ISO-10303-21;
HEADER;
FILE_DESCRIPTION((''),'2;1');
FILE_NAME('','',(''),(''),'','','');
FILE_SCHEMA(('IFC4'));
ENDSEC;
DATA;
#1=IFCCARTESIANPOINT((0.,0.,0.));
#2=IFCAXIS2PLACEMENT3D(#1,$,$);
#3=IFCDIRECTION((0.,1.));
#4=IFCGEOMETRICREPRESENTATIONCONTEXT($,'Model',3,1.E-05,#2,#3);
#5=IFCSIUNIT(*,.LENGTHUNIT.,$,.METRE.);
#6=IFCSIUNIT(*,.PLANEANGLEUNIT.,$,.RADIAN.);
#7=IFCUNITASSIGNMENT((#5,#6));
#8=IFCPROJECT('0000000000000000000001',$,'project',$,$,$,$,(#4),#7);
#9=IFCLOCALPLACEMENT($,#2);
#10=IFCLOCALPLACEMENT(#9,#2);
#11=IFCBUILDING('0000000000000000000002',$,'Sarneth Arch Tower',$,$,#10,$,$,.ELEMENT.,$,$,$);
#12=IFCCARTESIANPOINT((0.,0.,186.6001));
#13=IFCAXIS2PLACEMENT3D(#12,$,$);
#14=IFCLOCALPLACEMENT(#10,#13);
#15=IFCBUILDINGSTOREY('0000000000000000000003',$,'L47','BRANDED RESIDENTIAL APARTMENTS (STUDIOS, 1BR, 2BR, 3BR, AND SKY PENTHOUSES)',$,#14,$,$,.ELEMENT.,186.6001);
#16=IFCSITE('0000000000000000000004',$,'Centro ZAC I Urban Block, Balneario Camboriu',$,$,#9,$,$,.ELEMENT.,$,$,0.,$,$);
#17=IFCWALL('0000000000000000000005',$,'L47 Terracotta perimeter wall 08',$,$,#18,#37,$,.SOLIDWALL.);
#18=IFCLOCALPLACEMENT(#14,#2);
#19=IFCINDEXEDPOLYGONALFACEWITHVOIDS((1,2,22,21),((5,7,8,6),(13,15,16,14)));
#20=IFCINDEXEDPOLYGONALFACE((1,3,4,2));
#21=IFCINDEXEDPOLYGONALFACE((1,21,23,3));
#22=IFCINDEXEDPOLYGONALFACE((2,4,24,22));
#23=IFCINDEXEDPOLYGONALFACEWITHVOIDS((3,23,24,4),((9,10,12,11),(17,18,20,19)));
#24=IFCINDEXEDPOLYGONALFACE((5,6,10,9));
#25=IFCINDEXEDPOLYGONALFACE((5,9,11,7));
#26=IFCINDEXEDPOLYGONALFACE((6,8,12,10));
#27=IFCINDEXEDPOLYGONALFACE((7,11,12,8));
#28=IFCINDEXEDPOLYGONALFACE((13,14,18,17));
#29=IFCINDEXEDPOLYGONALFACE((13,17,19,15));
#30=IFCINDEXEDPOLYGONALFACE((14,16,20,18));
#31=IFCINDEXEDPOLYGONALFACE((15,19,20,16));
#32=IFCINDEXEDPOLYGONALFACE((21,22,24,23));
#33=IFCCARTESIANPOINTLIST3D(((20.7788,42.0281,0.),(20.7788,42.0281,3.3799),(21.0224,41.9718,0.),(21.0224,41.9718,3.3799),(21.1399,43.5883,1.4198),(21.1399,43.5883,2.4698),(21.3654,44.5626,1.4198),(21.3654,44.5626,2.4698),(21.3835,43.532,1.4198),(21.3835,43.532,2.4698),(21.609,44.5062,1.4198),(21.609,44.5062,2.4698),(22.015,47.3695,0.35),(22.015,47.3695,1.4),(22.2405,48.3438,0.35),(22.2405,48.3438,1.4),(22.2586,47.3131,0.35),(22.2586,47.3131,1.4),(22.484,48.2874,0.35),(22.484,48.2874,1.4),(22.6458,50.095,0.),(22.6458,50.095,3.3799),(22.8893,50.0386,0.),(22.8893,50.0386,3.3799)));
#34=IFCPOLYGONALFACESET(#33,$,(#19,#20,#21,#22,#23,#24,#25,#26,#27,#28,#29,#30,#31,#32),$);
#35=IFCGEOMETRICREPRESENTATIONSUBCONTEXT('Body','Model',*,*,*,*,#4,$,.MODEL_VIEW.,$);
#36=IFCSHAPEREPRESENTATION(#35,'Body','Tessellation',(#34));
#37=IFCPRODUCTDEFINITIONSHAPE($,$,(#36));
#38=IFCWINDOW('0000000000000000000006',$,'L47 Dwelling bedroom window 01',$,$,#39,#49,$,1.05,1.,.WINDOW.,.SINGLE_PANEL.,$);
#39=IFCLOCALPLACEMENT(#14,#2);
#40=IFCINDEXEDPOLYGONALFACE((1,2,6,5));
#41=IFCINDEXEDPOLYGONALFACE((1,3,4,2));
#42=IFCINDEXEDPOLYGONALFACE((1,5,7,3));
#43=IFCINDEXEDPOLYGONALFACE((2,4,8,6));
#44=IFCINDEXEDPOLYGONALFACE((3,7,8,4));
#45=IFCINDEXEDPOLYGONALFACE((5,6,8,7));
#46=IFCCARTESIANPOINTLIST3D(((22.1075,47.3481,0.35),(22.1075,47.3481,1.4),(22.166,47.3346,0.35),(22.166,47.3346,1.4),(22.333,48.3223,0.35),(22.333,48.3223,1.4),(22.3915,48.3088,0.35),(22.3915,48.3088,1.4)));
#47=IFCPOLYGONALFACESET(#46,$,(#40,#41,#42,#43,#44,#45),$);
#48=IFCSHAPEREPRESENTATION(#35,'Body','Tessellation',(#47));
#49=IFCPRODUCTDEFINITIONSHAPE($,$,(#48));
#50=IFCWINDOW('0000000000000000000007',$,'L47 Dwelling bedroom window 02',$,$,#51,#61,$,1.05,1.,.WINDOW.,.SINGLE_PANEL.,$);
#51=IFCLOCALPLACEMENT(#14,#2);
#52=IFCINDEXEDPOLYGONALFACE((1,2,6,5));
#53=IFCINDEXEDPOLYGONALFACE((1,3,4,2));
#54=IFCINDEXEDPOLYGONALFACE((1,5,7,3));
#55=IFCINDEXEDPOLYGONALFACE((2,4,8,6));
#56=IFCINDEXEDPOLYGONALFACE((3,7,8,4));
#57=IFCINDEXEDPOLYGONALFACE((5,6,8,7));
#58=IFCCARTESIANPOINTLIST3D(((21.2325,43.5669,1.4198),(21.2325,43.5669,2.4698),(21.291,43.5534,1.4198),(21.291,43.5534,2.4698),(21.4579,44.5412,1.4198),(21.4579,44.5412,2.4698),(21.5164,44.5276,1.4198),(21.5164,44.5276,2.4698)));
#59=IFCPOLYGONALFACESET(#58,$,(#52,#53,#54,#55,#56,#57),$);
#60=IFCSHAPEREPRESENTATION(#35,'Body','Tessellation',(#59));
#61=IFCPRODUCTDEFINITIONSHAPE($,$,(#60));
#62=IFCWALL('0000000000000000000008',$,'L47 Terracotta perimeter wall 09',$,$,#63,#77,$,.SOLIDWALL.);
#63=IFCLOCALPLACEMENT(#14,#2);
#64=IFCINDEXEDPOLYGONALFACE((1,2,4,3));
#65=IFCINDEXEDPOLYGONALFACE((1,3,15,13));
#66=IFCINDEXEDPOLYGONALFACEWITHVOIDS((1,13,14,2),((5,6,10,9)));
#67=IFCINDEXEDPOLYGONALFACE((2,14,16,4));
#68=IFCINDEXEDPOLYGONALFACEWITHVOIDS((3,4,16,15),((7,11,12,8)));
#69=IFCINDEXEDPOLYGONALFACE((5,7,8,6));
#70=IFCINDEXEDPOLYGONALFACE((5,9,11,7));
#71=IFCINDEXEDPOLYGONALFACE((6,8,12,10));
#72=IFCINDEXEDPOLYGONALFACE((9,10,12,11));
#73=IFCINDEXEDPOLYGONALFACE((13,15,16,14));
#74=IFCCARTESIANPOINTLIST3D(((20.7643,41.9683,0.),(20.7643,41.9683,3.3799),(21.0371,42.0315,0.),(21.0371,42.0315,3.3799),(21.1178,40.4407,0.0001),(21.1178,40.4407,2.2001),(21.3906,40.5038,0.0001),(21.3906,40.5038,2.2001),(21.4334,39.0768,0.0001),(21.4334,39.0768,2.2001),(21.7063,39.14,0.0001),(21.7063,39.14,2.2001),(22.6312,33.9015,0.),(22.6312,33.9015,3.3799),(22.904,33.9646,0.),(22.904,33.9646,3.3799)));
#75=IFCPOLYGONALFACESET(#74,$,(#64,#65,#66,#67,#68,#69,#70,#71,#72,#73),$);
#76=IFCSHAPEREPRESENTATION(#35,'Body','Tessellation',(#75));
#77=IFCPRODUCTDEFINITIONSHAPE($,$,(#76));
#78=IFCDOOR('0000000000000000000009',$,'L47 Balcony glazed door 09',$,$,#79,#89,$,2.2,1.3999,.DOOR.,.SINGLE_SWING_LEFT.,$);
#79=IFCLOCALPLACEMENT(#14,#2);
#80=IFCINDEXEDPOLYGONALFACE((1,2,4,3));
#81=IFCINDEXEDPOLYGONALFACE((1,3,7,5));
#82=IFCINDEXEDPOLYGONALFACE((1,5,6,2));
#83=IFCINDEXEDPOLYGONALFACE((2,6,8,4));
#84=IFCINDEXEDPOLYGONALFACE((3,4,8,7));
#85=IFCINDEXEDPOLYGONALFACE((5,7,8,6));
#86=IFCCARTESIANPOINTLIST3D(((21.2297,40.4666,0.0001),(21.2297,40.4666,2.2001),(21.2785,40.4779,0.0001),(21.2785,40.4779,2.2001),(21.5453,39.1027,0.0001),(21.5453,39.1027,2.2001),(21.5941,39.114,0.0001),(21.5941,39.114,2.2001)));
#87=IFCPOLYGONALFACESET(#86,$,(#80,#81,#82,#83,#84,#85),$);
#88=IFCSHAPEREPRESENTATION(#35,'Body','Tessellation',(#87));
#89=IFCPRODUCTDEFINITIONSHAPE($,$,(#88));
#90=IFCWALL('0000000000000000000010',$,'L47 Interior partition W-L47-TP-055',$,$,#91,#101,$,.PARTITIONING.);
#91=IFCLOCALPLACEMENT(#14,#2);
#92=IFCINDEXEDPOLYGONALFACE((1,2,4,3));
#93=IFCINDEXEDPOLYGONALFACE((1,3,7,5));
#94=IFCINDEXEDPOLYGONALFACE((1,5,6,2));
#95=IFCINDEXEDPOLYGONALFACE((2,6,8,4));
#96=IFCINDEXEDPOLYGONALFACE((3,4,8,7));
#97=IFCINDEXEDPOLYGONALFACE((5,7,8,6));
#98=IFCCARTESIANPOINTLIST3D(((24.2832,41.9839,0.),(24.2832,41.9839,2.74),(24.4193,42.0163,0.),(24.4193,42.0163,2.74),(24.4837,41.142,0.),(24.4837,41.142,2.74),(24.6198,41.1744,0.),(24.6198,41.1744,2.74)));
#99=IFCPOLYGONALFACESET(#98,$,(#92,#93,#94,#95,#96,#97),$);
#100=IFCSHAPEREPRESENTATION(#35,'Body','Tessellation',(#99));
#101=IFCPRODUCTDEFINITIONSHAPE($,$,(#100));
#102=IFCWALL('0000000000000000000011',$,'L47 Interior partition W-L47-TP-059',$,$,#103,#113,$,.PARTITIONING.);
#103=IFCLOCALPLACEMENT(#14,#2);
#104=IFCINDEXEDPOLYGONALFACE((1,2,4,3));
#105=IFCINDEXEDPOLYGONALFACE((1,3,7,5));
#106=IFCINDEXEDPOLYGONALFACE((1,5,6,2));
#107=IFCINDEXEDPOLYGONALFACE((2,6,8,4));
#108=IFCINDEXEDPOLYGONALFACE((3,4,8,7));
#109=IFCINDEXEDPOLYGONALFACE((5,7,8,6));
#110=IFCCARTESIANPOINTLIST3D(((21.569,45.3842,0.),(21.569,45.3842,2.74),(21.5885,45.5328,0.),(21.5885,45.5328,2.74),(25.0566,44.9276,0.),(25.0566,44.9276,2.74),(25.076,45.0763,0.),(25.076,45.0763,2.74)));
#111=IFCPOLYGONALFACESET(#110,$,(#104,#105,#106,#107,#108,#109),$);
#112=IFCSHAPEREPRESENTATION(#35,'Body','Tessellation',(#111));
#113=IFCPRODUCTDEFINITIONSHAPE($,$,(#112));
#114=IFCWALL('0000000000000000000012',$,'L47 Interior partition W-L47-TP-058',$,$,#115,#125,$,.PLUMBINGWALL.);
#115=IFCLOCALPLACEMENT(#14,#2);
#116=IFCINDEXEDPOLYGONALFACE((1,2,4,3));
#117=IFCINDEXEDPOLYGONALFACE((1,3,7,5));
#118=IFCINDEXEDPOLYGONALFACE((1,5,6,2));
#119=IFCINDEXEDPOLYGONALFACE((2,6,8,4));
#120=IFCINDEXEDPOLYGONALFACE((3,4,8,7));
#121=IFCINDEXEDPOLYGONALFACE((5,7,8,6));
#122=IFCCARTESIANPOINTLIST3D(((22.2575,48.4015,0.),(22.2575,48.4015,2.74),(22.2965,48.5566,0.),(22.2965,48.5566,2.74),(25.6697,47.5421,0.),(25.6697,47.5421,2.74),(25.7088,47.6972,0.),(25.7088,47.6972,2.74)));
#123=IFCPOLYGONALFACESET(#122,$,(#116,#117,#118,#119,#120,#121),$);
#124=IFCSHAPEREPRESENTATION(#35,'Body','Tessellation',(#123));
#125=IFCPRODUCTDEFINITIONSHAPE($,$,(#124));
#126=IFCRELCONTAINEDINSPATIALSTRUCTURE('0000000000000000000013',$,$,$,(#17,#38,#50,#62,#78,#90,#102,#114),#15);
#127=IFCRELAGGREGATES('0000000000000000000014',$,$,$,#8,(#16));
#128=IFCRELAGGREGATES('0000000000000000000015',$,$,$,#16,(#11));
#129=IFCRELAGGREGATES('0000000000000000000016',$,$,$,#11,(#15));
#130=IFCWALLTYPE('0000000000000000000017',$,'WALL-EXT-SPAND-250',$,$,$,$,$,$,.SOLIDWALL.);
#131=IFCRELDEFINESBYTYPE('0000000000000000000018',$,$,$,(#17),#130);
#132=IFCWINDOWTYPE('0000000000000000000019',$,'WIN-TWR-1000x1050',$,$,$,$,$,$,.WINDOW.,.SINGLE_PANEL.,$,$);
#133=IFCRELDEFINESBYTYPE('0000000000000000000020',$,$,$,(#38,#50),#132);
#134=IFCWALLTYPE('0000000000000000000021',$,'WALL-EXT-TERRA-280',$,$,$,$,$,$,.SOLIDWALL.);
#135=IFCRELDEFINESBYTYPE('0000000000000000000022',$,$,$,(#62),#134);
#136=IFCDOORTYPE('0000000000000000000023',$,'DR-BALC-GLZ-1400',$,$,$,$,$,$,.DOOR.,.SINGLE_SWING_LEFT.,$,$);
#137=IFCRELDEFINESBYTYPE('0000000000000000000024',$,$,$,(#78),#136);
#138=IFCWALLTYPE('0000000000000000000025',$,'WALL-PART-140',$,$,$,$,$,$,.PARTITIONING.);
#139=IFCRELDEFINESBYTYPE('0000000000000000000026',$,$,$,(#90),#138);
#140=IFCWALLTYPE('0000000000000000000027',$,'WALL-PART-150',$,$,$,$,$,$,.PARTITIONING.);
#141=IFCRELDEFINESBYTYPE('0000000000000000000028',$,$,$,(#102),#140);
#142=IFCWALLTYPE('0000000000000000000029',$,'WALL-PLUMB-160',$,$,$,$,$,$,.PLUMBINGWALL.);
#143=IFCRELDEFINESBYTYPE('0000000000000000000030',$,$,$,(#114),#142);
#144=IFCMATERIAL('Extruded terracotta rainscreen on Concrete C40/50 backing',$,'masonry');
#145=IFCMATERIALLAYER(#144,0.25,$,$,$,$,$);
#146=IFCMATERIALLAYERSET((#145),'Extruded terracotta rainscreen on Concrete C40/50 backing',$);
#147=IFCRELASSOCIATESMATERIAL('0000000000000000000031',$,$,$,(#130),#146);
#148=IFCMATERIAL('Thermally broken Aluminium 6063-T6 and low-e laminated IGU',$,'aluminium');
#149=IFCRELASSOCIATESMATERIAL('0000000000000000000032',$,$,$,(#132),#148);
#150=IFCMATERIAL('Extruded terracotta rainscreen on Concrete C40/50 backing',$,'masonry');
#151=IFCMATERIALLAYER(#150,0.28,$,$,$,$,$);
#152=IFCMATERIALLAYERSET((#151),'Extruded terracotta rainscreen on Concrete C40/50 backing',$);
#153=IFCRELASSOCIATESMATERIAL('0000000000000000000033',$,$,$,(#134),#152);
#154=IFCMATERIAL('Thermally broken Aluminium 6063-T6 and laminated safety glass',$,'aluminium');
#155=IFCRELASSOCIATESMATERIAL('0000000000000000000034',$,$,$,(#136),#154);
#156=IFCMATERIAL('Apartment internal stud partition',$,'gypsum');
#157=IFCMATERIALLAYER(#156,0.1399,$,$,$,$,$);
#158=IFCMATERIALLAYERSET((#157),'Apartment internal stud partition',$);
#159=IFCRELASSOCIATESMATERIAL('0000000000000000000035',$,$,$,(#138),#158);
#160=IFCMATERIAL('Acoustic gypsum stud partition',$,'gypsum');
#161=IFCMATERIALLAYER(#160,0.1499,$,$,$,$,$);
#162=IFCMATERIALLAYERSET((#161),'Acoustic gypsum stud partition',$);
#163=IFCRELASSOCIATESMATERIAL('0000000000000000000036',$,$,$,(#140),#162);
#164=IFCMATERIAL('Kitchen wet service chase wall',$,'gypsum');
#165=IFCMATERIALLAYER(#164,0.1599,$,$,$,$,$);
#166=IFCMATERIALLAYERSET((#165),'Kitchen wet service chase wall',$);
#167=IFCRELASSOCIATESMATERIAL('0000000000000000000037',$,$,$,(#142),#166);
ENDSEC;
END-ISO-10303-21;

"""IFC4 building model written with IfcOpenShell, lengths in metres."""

from ifc_helpers import new_model, si_unit, direction, frame, frame_2d, origin, place, context, subcontext, project, spatial, rectangle, extrude, material, layer, layer_set, type_object, element, fill, save


model = new_model("IFC4")

# Units and contexts
model_context = context("Model", 3, precision=1e-05, world=origin(), true_north=direction((0.0, 1.0)))
body_context = subcontext(model_context, "Body", "Model", "MODEL_VIEW")
ifc_project = project(units=[si_unit("LENGTHUNIT", "METRE"), si_unit("PLANEANGLEUNIT", "RADIAN")], contexts=[model_context])

# Site, building, storey
site_placement = place(None, origin())
site = spatial("IfcSite", under=ifc_project, at=site_placement, Name="Centro ZAC I Urban Block, Balneario Camboriu", CompositionType="ELEMENT", RefElevation=0.0)
building_placement = place(site_placement, origin())
building = spatial("IfcBuilding", under=site, at=building_placement, Name="Sarneth Arch Tower", CompositionType="ELEMENT")
storey_placement = place(building_placement, frame((0.0, 0.0, 186.6001)))
storey = spatial("IfcBuildingStorey", under=building, at=storey_placement, Name="L47", Description="BRANDED RESIDENTIAL APARTMENTS (STUDIOS, 1BR, 2BR, 3BR, AND SKY PENTHOUSES)", CompositionType="ELEMENT", Elevation=186.6001)

# Wall, openings, windows
ifc_material_1 = material(Name="Extruded terracotta rainscreen on Concrete C40/50 backing", Category="masonry")
ifc_layer_1 = layer(ifc_material_1, 0.25)
ifc_layer_set_1 = layer_set([ifc_layer_1], Name="Extruded terracotta rainscreen on Concrete C40/50 backing")
wall_type_1 = type_object("IfcWallType", Name="WALL-EXT-SPAND-250", PredefinedType="SOLIDWALL", material=ifc_layer_set_1)
wall_1_placement = place(storey_placement, frame((22.7676, 50.0669, 0.0), z_axis=(0.0, 0.0, 1.0), x_axis=(-0.225473, -0.974249, 0.0)))
wall_1 = element("IfcWall", 1, at=wall_1_placement, inside=storey, type_object=wall_type_1, Name="L47 Terracotta perimeter wall 08", PredefinedType="SOLIDWALL", context=body_context, shape_type="SweptSolid", body=[
    extrude(rectangle(XDim=8.28, YDim=0.25, at=frame_2d((4.1401, 0.0))), origin(), (0.0, 0.0, 1.0), 3.3799),
])
opening_1_placement = place(wall_1_placement, frame((1.7976, 0.0, 0.3501)))
opening_1 = element("IfcOpeningElement", 2, at=opening_1_placement, cuts=wall_1, PredefinedType="OPENING", context=body_context, shape_type="SweptSolid", body=[
    extrude(rectangle(XDim=1.0, YDim=1.05, at=frame_2d((0.5, 0.5249))), frame((0.0, 0.135, 0.0), z_axis=(0.0, -1.0, 0.0), x_axis=(1.0, 0.0, 0.0)), (0.0, 0.0, 1.0), 0.27),
])
opening_2_placement = place(wall_1_placement, frame((5.6787, 0.0, 1.4199)))
opening_2 = element("IfcOpeningElement", 3, at=opening_2_placement, cuts=wall_1, PredefinedType="OPENING", context=body_context, shape_type="SweptSolid", body=[
    extrude(rectangle(XDim=1.0, YDim=1.05, at=frame_2d((0.5, 0.5249))), frame((0.0, 0.135, 0.0), z_axis=(0.0, -1.0, 0.0), x_axis=(1.0, 0.0, 0.0)), (0.0, 0.0, 1.0), 0.27),
])
ifc_material_2 = material(Name="Thermally broken Aluminium 6063-T6 and low-e laminated IGU", Category="aluminium")
window_type = type_object("IfcWindowType", Name="WIN-TWR-1000x1050", PartitioningType="SINGLE_PANEL", PredefinedType="WINDOW", material=ifc_material_2)
window_1_placement = place(opening_1_placement, origin())
window_1 = element("IfcWindow", 4, at=window_1_placement, inside=storey, type_object=window_type, Name="L47 Dwelling bedroom window 01", OverallHeight=1.05, OverallWidth=1.0, PartitioningType="SINGLE_PANEL", PredefinedType="WINDOW", context=body_context, shape_type="SweptSolid", body=[
    extrude(rectangle(XDim=1.0, YDim=1.05, at=frame_2d((0.5, 0.5249))), frame((0.0, 0.03, 0.0), z_axis=(0.0, -1.0, 0.0), x_axis=(1.0, 0.0, 0.0)), (0.0, 0.0, 1.0), 0.0601),
])
fill(opening_1, window_1)
window_2_placement = place(opening_2_placement, origin())
window_2 = element("IfcWindow", 5, at=window_2_placement, inside=storey, type_object=window_type, Name="L47 Dwelling bedroom window 02", OverallHeight=1.05, OverallWidth=1.0, PartitioningType="SINGLE_PANEL", PredefinedType="WINDOW", context=body_context, shape_type="SweptSolid", body=[
    extrude(rectangle(XDim=1.0, YDim=1.05, at=frame_2d((0.5, 0.5249))), frame((0.0, 0.03, 0.0), z_axis=(0.0, -1.0, 0.0), x_axis=(1.0, 0.0, 0.0)), (0.0, 0.0, 1.0), 0.0601),
])
fill(opening_2, window_2)

# Wall, opening, door
ifc_material_3 = material(Name="Extruded terracotta rainscreen on Concrete C40/50 backing", Category="masonry")
ifc_layer_2 = layer(ifc_material_3, 0.28)
ifc_layer_set_2 = layer_set([ifc_layer_2], Name="Extruded terracotta rainscreen on Concrete C40/50 backing")
wall_type_2 = type_object("IfcWallType", Name="WALL-EXT-TERRA-280", PredefinedType="SOLIDWALL", material=ifc_layer_set_2)
wall_2_placement = place(storey_placement, frame((20.9006, 42.0, 0.0), z_axis=(0.0, 0.0, 1.0), x_axis=(0.225473, -0.974249, 0.0)))
wall_2 = element("IfcWall", 6, at=wall_2_placement, inside=storey, type_object=wall_type_2, Name="L47 Terracotta perimeter wall 09", PredefinedType="SOLIDWALL", context=body_context, shape_type="SweptSolid", body=[
    extrude(rectangle(XDim=8.28, YDim=0.28, at=frame_2d((4.1401, 0.0))), origin(), (0.0, 0.0, 1.0), 3.3799),
])
opening_3_placement = place(wall_2_placement, frame((1.5681, 0.0, 0.0)))
opening_3 = element("IfcOpeningElement", 7, at=opening_3_placement, cuts=wall_2, PredefinedType="OPENING", context=body_context, shape_type="SweptSolid", body=[
    extrude(rectangle(XDim=1.3999, YDim=2.2, at=frame_2d((0.7, 1.1001))), frame((0.0, 0.1499, 0.0), z_axis=(0.0, -1.0, 0.0), x_axis=(1.0, 0.0, 0.0)), (0.0, 0.0, 1.0), 0.3),
])
ifc_material_4 = material(Name="Thermally broken Aluminium 6063-T6 and laminated safety glass", Category="aluminium")
door_type_1 = type_object("IfcDoorType", Name="DR-BALC-GLZ-1400", OperationType="SINGLE_SWING_LEFT", PredefinedType="DOOR", material=ifc_material_4)
door_1_placement = place(opening_3_placement, origin())
door_1 = element("IfcDoor", 8, at=door_1_placement, inside=storey, type_object=door_type_1, Name="L47 Balcony glazed door 09", OperationType="SINGLE_SWING_LEFT", OverallHeight=2.2, OverallWidth=1.3999, PredefinedType="DOOR", context=body_context, shape_type="SweptSolid", body=[
    extrude(rectangle(XDim=1.3999, YDim=2.2, at=frame_2d((0.7, 1.1001))), frame((0.0, 0.0249, 0.0), z_axis=(0.0, -1.0, 0.0), x_axis=(1.0, 0.0, 0.0)), (0.0, 0.0, 1.0), 0.05),
])
fill(opening_3, door_1)

# Walls
ifc_material_5 = material(Name="Apartment internal stud partition", Category="gypsum")
ifc_layer_3 = layer(ifc_material_5, 0.1399)
ifc_layer_set_3 = layer_set([ifc_layer_3], Name="Apartment internal stud partition")
wall_type_3 = type_object("IfcWallType", Name="WALL-PART-140", PredefinedType="PARTITIONING", material=ifc_layer_set_3)
wall_3_placement = place(storey_placement, frame((24.3513, 42.0, 0.0), z_axis=(0.0, 0.0, 1.0), x_axis=(0.23157, -0.972818, 0.0)))
element("IfcWall", 9, at=wall_3_placement, inside=storey, type_object=wall_type_3, Name="L47 Interior partition W-L47-TP-055", PredefinedType="PARTITIONING", context=body_context, shape_type="SweptSolid", body=[
    extrude(rectangle(XDim=0.8655, YDim=0.1399, at=frame_2d((0.4326, 0.0))), origin(), (0.0, 0.0, 1.0), 2.74),
])
ifc_material_6 = material(Name="Acoustic gypsum stud partition", Category="gypsum")
ifc_layer_4 = layer(ifc_material_6, 0.1499)
ifc_layer_set_4 = layer_set([ifc_layer_4], Name="Acoustic gypsum stud partition")
wall_type_4 = type_object("IfcWallType", Name="WALL-PART-150", PredefinedType="PARTITIONING", material=ifc_layer_set_4)
wall_4_placement = place(storey_placement, frame((21.5786, 45.4585, 0.0), z_axis=(0.0, 0.0, 1.0), x_axis=(0.99154, -0.129799, 0.0)))
element("IfcWall", 10, at=wall_4_placement, inside=storey, type_object=wall_type_4, Name="L47 Interior partition W-L47-TP-059", PredefinedType="PARTITIONING", context=body_context, shape_type="SweptSolid", body=[
    extrude(rectangle(XDim=3.5173, YDim=0.1499, at=frame_2d((1.7588, 0.0))), origin(), (0.0, 0.0, 1.0), 2.74),
])
ifc_material_7 = material(Name="Kitchen wet service chase wall", Category="gypsum")
ifc_layer_5 = layer(ifc_material_7, 0.1599)
ifc_layer_set_5 = layer_set([ifc_layer_5], Name="Kitchen wet service chase wall")
wall_type_5 = type_object("IfcWallType", Name="WALL-PLUMB-160", PredefinedType="PLUMBINGWALL", material=ifc_layer_set_5)
wall_5_placement = place(storey_placement, frame((22.2771, 48.479, 0.0), z_axis=(0.0, 0.0, 1.0), x_axis=(0.969721, -0.244217, 0.0)))
element("IfcWall", 11, at=wall_5_placement, inside=storey, type_object=wall_type_5, Name="L47 Interior partition W-L47-TP-058", PredefinedType="PLUMBINGWALL", context=body_context, shape_type="SweptSolid", body=[
    extrude(rectangle(XDim=3.5188, YDim=0.1599, at=frame_2d((1.7593, 0.0))), origin(), (0.0, 0.0, 1.0), 2.74),
])

save(model, "model.ifc")
